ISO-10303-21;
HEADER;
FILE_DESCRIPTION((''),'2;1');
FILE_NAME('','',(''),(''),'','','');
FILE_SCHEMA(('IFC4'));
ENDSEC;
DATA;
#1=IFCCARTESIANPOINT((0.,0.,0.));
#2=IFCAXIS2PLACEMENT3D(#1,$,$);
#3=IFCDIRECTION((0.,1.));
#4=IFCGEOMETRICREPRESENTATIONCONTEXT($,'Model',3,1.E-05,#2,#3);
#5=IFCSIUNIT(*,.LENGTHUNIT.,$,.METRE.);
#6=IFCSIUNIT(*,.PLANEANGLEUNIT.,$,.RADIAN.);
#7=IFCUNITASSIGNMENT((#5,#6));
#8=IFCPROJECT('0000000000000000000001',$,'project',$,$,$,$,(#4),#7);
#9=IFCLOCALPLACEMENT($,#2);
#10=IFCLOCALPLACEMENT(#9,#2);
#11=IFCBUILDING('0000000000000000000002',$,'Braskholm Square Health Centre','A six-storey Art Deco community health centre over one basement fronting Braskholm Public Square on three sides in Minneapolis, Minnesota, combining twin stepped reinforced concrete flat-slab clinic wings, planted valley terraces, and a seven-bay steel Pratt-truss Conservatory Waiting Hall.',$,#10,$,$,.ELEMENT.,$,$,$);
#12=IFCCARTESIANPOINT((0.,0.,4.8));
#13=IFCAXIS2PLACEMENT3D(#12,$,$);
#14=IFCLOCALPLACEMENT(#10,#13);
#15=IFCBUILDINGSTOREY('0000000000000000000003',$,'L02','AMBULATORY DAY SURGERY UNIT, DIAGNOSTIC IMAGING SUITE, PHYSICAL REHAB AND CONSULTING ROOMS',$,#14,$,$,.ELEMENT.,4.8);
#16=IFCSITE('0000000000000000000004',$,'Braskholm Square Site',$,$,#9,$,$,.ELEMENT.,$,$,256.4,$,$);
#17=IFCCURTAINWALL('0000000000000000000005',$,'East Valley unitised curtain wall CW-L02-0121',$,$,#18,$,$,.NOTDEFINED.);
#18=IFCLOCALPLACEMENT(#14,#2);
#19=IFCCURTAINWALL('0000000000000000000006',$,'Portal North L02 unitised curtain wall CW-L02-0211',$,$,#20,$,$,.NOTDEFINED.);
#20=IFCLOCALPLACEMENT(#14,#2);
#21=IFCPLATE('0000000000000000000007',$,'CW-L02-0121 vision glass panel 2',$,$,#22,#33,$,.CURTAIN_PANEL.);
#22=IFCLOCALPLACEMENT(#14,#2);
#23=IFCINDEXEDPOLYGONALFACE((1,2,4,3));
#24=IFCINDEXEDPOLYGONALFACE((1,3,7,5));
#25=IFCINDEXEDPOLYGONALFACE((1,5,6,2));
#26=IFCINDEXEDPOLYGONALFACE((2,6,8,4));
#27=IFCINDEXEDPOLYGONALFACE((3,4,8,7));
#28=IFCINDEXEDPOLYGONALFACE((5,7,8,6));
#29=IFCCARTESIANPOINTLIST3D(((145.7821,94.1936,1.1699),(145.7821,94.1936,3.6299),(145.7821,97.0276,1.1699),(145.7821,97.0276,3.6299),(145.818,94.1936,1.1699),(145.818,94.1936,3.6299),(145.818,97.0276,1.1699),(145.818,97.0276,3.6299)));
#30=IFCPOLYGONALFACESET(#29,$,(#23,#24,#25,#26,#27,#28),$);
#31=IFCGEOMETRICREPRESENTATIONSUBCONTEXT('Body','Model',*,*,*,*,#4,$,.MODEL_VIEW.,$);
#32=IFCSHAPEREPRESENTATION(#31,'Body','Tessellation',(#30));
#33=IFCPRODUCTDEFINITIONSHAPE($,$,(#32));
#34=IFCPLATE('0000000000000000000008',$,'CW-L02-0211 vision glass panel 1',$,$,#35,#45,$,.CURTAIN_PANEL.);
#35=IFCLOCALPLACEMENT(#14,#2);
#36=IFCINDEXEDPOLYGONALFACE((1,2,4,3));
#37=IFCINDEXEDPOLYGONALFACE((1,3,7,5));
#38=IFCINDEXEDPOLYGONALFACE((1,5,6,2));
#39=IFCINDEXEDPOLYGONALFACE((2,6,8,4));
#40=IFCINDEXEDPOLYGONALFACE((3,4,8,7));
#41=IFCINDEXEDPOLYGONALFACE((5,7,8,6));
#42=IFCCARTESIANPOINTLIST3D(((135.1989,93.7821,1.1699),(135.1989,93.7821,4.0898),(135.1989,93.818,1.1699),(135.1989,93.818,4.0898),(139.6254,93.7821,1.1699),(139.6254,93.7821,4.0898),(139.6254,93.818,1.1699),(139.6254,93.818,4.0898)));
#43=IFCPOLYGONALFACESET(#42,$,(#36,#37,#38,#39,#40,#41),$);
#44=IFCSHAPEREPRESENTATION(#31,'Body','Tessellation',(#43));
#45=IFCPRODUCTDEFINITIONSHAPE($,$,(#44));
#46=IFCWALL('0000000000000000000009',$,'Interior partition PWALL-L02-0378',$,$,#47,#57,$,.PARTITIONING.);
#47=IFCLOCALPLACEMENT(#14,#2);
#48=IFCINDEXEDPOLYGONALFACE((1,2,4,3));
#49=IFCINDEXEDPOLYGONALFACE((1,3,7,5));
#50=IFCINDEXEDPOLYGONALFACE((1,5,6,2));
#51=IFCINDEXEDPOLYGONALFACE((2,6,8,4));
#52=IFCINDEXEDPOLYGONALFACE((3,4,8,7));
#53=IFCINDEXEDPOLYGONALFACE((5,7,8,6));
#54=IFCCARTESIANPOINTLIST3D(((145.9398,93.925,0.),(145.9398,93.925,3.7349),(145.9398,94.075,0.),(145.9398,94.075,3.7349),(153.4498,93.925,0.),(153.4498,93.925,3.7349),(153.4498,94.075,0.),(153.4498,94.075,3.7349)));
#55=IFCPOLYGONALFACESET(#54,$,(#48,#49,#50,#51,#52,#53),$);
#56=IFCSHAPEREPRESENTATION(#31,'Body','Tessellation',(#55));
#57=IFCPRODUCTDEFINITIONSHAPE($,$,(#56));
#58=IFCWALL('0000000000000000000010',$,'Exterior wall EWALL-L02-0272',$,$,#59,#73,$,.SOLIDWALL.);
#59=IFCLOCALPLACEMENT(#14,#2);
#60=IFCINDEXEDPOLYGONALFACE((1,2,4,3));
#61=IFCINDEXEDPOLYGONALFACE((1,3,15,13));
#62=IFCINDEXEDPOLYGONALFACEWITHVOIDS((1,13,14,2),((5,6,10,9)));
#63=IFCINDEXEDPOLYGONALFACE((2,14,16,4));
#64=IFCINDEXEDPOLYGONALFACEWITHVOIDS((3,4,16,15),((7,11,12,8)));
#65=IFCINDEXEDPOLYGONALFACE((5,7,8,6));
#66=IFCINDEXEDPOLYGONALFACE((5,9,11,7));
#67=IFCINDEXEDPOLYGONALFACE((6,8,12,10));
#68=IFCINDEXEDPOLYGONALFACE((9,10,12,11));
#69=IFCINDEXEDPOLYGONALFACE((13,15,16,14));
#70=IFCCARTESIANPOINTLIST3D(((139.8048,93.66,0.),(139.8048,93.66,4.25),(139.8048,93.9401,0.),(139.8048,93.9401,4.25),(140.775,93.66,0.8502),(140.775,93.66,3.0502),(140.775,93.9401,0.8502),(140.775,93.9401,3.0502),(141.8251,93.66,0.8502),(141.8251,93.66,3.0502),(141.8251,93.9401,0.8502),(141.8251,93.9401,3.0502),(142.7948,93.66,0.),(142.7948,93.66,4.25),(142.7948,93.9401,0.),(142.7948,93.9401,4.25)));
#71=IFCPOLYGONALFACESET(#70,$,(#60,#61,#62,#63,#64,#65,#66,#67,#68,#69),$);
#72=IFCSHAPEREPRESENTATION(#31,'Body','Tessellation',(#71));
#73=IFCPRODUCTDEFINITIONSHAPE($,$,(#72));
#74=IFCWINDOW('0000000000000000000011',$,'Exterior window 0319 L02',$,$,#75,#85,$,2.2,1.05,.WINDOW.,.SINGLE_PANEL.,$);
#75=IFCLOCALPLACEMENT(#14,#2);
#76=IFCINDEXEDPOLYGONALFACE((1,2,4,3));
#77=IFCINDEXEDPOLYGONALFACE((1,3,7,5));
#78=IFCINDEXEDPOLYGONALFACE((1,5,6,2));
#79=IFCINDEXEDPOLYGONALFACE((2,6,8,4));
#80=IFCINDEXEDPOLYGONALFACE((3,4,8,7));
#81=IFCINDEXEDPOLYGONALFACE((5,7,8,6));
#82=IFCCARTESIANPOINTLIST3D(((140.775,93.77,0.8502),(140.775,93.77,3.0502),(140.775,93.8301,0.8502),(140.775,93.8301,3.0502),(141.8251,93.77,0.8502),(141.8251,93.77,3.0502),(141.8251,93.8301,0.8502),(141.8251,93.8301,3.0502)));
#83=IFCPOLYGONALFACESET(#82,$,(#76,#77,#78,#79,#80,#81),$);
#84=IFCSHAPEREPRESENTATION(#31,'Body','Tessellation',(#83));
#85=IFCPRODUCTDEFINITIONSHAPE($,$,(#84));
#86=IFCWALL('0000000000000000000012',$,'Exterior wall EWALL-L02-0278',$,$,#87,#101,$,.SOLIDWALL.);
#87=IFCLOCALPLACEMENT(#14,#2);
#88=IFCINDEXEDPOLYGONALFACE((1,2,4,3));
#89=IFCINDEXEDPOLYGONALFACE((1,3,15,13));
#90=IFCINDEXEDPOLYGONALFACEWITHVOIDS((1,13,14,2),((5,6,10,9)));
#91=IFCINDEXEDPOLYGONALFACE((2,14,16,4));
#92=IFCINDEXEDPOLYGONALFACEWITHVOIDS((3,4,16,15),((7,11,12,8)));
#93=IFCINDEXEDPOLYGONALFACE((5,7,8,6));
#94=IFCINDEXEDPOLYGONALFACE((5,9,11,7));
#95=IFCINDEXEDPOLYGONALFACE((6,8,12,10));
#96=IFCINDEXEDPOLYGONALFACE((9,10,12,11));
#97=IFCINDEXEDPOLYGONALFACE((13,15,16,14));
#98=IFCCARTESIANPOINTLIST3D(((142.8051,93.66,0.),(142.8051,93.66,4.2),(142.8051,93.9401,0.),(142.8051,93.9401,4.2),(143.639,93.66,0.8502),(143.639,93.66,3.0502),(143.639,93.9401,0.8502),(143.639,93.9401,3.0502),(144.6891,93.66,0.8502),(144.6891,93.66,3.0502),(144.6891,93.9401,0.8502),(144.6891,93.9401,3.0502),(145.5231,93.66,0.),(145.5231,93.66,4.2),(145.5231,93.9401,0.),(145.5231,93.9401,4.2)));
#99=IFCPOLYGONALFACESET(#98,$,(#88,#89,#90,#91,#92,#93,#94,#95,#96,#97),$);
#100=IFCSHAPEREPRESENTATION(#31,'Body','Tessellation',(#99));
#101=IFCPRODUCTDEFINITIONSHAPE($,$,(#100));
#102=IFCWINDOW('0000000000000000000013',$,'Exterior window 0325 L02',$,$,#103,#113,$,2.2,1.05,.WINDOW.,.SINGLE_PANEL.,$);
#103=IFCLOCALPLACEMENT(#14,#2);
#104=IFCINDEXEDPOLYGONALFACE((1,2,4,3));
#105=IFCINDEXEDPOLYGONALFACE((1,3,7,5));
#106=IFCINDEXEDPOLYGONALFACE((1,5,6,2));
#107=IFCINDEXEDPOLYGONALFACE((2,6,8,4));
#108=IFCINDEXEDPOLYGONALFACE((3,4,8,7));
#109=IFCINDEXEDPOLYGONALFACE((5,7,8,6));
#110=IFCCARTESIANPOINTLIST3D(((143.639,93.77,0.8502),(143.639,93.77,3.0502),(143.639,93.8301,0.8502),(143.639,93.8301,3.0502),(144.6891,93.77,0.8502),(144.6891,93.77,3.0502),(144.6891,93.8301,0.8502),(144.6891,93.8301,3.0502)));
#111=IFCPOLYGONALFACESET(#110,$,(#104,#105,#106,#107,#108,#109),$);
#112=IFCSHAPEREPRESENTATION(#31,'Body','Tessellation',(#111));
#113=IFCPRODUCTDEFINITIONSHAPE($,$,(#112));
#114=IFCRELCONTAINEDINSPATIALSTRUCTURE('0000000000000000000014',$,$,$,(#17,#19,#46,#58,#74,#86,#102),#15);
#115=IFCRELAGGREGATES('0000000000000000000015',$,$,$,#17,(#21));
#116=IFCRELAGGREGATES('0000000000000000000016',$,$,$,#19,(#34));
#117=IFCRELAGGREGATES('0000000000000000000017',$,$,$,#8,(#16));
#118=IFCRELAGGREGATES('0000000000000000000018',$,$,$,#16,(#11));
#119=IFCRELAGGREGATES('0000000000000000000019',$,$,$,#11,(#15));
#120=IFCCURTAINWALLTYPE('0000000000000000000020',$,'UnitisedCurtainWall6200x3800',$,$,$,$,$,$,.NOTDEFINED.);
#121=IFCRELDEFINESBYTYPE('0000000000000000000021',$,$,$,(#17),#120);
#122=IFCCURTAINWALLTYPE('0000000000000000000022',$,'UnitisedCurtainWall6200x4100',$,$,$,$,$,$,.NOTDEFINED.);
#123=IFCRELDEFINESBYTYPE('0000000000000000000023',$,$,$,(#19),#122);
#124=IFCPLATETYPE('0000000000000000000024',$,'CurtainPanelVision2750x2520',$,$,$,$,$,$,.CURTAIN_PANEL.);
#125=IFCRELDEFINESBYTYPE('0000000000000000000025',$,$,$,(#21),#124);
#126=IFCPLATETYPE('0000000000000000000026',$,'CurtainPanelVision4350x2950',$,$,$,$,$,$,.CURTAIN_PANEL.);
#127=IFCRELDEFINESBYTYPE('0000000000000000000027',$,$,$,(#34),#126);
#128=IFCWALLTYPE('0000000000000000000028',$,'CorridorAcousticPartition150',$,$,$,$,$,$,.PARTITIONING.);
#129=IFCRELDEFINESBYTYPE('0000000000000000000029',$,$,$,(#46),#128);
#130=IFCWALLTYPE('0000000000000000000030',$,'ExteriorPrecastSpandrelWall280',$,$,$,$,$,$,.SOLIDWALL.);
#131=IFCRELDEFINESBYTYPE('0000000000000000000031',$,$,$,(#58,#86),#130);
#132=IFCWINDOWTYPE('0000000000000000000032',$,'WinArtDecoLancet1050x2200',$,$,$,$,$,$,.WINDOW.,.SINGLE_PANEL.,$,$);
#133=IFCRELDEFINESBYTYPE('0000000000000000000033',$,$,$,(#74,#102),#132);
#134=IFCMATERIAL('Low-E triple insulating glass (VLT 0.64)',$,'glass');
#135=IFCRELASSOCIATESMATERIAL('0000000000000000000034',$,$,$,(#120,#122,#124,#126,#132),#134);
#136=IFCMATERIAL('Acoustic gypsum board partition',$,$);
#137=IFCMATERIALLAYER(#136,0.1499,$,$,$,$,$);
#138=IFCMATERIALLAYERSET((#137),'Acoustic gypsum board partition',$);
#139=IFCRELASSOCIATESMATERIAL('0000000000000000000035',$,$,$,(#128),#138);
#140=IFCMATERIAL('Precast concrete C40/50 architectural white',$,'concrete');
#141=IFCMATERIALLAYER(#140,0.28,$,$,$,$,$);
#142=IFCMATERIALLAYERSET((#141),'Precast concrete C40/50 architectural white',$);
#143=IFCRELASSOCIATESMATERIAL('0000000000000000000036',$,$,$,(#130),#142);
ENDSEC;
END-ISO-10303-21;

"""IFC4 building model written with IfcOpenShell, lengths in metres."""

from ifc_helpers import new_model, si_unit, direction, frame, frame_2d, origin, origin_with_axes, origin_2d, place, context, subcontext, project, spatial, rectangle, extrude, material, layer, layer_set, type_object, element, fill, aggregate, save


model = new_model("IFC4")

# Units and contexts
model_context = context("Model", 3, precision=1e-05, world=origin(), true_north=direction((0.0, 1.0)))
body_context = subcontext(model_context, "Body", "Model", "MODEL_VIEW")
ifc_project = project(units=[si_unit("LENGTHUNIT", "METRE"), si_unit("PLANEANGLEUNIT", "RADIAN")], contexts=[model_context])

# Site, building, storey
site_placement = place(None, origin())
site = spatial("IfcSite", under=ifc_project, at=site_placement, Name="Braskholm Square Site", CompositionType="ELEMENT", RefElevation=256.4)
building_placement = place(site_placement, origin())
building = spatial("IfcBuilding", under=site, at=building_placement, Name="Braskholm Square Health Centre", Description="A six-storey Art Deco community health centre over one basement fronting Braskholm Public Square on three sides in Minneapolis, Minnesota, combining twin stepped reinforced concrete flat-slab clinic wings, planted valley terraces, and a seven-bay steel Pratt-truss Conservatory Waiting Hall.", CompositionType="ELEMENT")
storey_placement = place(building_placement, frame((0.0, 0.0, 4.8)))
storey = spatial("IfcBuildingStorey", under=building, at=storey_placement, Name="L02", Description="AMBULATORY DAY SURGERY UNIT, DIAGNOSTIC IMAGING SUITE, PHYSICAL REHAB AND CONSULTING ROOMS", CompositionType="ELEMENT", Elevation=4.8)

# Curtain wall
ifc_material_1 = material(Name="Low-E triple insulating glass (VLT 0.64)", Category="glass")
curtain_wall_type_1 = type_object("IfcCurtainWallType", Name="UnitisedCurtainWall6200x3800", PredefinedType="NOTDEFINED", material=ifc_material_1)
curtain_wall_1_placement = place(storey_placement, origin())
curtain_wall_1 = element("IfcCurtainWall", 1, at=curtain_wall_1_placement, inside=storey, type_object=curtain_wall_type_1, Name="East Valley unitised curtain wall CW-L02-0121", PredefinedType="NOTDEFINED")

# Curtain wall
curtain_wall_type_2 = type_object("IfcCurtainWallType", Name="UnitisedCurtainWall6200x4100", PredefinedType="NOTDEFINED", material=ifc_material_1)
curtain_wall_2_placement = place(storey_placement, origin())
curtain_wall_2 = element("IfcCurtainWall", 2, at=curtain_wall_2_placement, inside=storey, type_object=curtain_wall_type_2, Name="Portal North L02 unitised curtain wall CW-L02-0211", PredefinedType="NOTDEFINED")

# Shared definitions
ifc_material_2 = material(Name="Precast concrete C40/50 architectural white", Category="concrete")

# Plates
plate_type_1 = type_object("IfcPlateType", Name="CurtainPanelVision2750x2520", PredefinedType="CURTAIN_PANEL", material=ifc_material_1)
plate_1_placement = place(storey_placement, frame((145.8, 95.6106, 1.1699), z_axis=(0.0, 0.0, 1.0), x_axis=(0.0, -1.0, 0.0)))
plate_1 = element("IfcPlate", 3, at=plate_1_placement, type_object=plate_type_1, Name="CW-L02-0121 vision glass panel 2", PredefinedType="CURTAIN_PANEL", context=body_context, shape_type="SweptSolid", body=[
    extrude(rectangle(XDim=2.834, YDim=0.0359, at=origin_2d()), origin(), (0.0, 0.0, 1.0), 2.46),
])
aggregate(curtain_wall_1, [plate_1])
plate_type_2 = type_object("IfcPlateType", Name="CurtainPanelVision4350x2950", PredefinedType="CURTAIN_PANEL", material=ifc_material_1)
plate_2_placement = place(storey_placement, frame((137.4121, 93.8, 1.1699), z_axis=(0.0, 0.0, 1.0), x_axis=(-1.0, 0.0, 0.0)))
plate_2 = element("IfcPlate", 4, at=plate_2_placement, type_object=plate_type_2, Name="CW-L02-0211 vision glass panel 1", PredefinedType="CURTAIN_PANEL", context=body_context, shape_type="SweptSolid", body=[
    extrude(rectangle(XDim=4.4265, YDim=0.0359, at=origin_2d()), origin(), (0.0, 0.0, 1.0), 2.9199),
])
aggregate(curtain_wall_2, [plate_2])

# Wall
ifc_material_3 = material(Name="Acoustic gypsum board partition")
ifc_layer_1 = layer(ifc_material_3, 0.1499)
ifc_layer_set_1 = layer_set([ifc_layer_1], Name="Acoustic gypsum board partition")
wall_type_1 = type_object("IfcWallType", Name="CorridorAcousticPartition150", PredefinedType="PARTITIONING", material=ifc_layer_set_1)
wall_1_placement = place(storey_placement, frame((145.9399, 94.0, 0.0), z_axis=(0.0, 0.0, 1.0), x_axis=(1.0, 0.0, 0.0)))
element("IfcWall", 5, at=wall_1_placement, inside=storey, type_object=wall_type_1, Name="Interior partition PWALL-L02-0378", PredefinedType="PARTITIONING", context=body_context, shape_type="SweptSolid", body=[
    extrude(rectangle(XDim=7.51, YDim=0.1499, at=frame_2d((3.7549, 0.0))), origin(), (0.0, 0.0, 1.0), 3.7349),
])

# Walls, openings, windows
ifc_layer_2 = layer(ifc_material_2, 0.28)
ifc_layer_set_2 = layer_set([ifc_layer_2], Name="Precast concrete C40/50 architectural white")
wall_type_2 = type_object("IfcWallType", Name="ExteriorPrecastSpandrelWall280", PredefinedType="SOLIDWALL", material=ifc_layer_set_2)
wall_2_placement = place(storey_placement, frame((142.7949, 93.8, 0.0), z_axis=(0.0, 0.0, 1.0), x_axis=(-1.0, 0.0, 0.0)))
wall_2 = element("IfcWall", 6, at=wall_2_placement, inside=storey, type_object=wall_type_2, Name="Exterior wall EWALL-L02-0272", PredefinedType="SOLIDWALL", context=body_context, shape_type="SweptSolid", body=[
    extrude(rectangle(XDim=2.99, YDim=0.28, at=frame_2d((1.4951, 0.0))), origin(), (0.0, 0.0, 1.0), 4.25),
])
opening_1_placement = place(wall_2_placement, frame((0.97, 0.0, 0.8501)))
opening_1 = element("IfcOpeningElement", 7, at=opening_1_placement, cuts=wall_2, PredefinedType="OPENING", context=body_context, shape_type="SweptSolid", body=[
    extrude(rectangle(XDim=1.05, YDim=2.2, at=frame_2d((0.5249, 1.1001))), frame((0.0, 0.1499, 0.0), z_axis=(0.0, -1.0, 0.0), x_axis=(1.0, 0.0, 0.0)), (0.0, 0.0, 1.0), 0.3),
])
window_type = type_object("IfcWindowType", Name="WinArtDecoLancet1050x2200", PartitioningType="SINGLE_PANEL", PredefinedType="WINDOW", material=ifc_material_1)
window_1_placement = place(opening_1_placement, origin_with_axes())
window_1 = element("IfcWindow", 8, at=window_1_placement, inside=storey, type_object=window_type, Name="Exterior window 0319 L02", OverallHeight=2.2, OverallWidth=1.05, PartitioningType="SINGLE_PANEL", PredefinedType="WINDOW", context=body_context, shape_type="SweptSolid", body=[
    extrude(rectangle(XDim=1.05, YDim=2.2, at=frame_2d((0.5249, 1.1001))), frame((0.0, 0.03, 0.0), z_axis=(0.0, -1.0, 0.0), x_axis=(1.0, 0.0, 0.0)), (0.0, 0.0, 1.0), 0.0601),
])
fill(opening_1, window_1)
wall_3_placement = place(storey_placement, frame((145.5229, 93.8, 0.0), z_axis=(0.0, 0.0, 1.0), x_axis=(-1.0, 0.0, 0.0)))
wall_3 = element("IfcWall", 9, at=wall_3_placement, inside=storey, type_object=wall_type_2, Name="Exterior wall EWALL-L02-0278", PredefinedType="SOLIDWALL", context=body_context, shape_type="SweptSolid", body=[
    extrude(rectangle(XDim=2.718, YDim=0.28, at=frame_2d((1.3589, 0.0))), origin(), (0.0, 0.0, 1.0), 4.2),
])
opening_2_placement = place(wall_3_placement, frame((0.834, 0.0, 0.8501)))
opening_2 = element("IfcOpeningElement", 10, at=opening_2_placement, cuts=wall_3, PredefinedType="OPENING", context=body_context, shape_type="SweptSolid", body=[
    extrude(rectangle(XDim=1.05, YDim=2.2, at=frame_2d((0.5249, 1.1001))), frame((0.0, 0.1499, 0.0), z_axis=(0.0, -1.0, 0.0), x_axis=(1.0, 0.0, 0.0)), (0.0, 0.0, 1.0), 0.3),
])
window_2_placement = place(opening_2_placement, origin_with_axes())
window_2 = element("IfcWindow", 11, at=window_2_placement, inside=storey, type_object=window_type, Name="Exterior window 0325 L02", OverallHeight=2.2, OverallWidth=1.05, PartitioningType="SINGLE_PANEL", PredefinedType="WINDOW", context=body_context, shape_type="SweptSolid", body=[
    extrude(rectangle(XDim=1.05, YDim=2.2, at=frame_2d((0.5249, 1.1001))), frame((0.0, 0.03, 0.0), z_axis=(0.0, -1.0, 0.0), x_axis=(1.0, 0.0, 0.0)), (0.0, 0.0, 1.0), 0.0601),
])
fill(opening_2, window_2)

save(model, "model.ifc")
